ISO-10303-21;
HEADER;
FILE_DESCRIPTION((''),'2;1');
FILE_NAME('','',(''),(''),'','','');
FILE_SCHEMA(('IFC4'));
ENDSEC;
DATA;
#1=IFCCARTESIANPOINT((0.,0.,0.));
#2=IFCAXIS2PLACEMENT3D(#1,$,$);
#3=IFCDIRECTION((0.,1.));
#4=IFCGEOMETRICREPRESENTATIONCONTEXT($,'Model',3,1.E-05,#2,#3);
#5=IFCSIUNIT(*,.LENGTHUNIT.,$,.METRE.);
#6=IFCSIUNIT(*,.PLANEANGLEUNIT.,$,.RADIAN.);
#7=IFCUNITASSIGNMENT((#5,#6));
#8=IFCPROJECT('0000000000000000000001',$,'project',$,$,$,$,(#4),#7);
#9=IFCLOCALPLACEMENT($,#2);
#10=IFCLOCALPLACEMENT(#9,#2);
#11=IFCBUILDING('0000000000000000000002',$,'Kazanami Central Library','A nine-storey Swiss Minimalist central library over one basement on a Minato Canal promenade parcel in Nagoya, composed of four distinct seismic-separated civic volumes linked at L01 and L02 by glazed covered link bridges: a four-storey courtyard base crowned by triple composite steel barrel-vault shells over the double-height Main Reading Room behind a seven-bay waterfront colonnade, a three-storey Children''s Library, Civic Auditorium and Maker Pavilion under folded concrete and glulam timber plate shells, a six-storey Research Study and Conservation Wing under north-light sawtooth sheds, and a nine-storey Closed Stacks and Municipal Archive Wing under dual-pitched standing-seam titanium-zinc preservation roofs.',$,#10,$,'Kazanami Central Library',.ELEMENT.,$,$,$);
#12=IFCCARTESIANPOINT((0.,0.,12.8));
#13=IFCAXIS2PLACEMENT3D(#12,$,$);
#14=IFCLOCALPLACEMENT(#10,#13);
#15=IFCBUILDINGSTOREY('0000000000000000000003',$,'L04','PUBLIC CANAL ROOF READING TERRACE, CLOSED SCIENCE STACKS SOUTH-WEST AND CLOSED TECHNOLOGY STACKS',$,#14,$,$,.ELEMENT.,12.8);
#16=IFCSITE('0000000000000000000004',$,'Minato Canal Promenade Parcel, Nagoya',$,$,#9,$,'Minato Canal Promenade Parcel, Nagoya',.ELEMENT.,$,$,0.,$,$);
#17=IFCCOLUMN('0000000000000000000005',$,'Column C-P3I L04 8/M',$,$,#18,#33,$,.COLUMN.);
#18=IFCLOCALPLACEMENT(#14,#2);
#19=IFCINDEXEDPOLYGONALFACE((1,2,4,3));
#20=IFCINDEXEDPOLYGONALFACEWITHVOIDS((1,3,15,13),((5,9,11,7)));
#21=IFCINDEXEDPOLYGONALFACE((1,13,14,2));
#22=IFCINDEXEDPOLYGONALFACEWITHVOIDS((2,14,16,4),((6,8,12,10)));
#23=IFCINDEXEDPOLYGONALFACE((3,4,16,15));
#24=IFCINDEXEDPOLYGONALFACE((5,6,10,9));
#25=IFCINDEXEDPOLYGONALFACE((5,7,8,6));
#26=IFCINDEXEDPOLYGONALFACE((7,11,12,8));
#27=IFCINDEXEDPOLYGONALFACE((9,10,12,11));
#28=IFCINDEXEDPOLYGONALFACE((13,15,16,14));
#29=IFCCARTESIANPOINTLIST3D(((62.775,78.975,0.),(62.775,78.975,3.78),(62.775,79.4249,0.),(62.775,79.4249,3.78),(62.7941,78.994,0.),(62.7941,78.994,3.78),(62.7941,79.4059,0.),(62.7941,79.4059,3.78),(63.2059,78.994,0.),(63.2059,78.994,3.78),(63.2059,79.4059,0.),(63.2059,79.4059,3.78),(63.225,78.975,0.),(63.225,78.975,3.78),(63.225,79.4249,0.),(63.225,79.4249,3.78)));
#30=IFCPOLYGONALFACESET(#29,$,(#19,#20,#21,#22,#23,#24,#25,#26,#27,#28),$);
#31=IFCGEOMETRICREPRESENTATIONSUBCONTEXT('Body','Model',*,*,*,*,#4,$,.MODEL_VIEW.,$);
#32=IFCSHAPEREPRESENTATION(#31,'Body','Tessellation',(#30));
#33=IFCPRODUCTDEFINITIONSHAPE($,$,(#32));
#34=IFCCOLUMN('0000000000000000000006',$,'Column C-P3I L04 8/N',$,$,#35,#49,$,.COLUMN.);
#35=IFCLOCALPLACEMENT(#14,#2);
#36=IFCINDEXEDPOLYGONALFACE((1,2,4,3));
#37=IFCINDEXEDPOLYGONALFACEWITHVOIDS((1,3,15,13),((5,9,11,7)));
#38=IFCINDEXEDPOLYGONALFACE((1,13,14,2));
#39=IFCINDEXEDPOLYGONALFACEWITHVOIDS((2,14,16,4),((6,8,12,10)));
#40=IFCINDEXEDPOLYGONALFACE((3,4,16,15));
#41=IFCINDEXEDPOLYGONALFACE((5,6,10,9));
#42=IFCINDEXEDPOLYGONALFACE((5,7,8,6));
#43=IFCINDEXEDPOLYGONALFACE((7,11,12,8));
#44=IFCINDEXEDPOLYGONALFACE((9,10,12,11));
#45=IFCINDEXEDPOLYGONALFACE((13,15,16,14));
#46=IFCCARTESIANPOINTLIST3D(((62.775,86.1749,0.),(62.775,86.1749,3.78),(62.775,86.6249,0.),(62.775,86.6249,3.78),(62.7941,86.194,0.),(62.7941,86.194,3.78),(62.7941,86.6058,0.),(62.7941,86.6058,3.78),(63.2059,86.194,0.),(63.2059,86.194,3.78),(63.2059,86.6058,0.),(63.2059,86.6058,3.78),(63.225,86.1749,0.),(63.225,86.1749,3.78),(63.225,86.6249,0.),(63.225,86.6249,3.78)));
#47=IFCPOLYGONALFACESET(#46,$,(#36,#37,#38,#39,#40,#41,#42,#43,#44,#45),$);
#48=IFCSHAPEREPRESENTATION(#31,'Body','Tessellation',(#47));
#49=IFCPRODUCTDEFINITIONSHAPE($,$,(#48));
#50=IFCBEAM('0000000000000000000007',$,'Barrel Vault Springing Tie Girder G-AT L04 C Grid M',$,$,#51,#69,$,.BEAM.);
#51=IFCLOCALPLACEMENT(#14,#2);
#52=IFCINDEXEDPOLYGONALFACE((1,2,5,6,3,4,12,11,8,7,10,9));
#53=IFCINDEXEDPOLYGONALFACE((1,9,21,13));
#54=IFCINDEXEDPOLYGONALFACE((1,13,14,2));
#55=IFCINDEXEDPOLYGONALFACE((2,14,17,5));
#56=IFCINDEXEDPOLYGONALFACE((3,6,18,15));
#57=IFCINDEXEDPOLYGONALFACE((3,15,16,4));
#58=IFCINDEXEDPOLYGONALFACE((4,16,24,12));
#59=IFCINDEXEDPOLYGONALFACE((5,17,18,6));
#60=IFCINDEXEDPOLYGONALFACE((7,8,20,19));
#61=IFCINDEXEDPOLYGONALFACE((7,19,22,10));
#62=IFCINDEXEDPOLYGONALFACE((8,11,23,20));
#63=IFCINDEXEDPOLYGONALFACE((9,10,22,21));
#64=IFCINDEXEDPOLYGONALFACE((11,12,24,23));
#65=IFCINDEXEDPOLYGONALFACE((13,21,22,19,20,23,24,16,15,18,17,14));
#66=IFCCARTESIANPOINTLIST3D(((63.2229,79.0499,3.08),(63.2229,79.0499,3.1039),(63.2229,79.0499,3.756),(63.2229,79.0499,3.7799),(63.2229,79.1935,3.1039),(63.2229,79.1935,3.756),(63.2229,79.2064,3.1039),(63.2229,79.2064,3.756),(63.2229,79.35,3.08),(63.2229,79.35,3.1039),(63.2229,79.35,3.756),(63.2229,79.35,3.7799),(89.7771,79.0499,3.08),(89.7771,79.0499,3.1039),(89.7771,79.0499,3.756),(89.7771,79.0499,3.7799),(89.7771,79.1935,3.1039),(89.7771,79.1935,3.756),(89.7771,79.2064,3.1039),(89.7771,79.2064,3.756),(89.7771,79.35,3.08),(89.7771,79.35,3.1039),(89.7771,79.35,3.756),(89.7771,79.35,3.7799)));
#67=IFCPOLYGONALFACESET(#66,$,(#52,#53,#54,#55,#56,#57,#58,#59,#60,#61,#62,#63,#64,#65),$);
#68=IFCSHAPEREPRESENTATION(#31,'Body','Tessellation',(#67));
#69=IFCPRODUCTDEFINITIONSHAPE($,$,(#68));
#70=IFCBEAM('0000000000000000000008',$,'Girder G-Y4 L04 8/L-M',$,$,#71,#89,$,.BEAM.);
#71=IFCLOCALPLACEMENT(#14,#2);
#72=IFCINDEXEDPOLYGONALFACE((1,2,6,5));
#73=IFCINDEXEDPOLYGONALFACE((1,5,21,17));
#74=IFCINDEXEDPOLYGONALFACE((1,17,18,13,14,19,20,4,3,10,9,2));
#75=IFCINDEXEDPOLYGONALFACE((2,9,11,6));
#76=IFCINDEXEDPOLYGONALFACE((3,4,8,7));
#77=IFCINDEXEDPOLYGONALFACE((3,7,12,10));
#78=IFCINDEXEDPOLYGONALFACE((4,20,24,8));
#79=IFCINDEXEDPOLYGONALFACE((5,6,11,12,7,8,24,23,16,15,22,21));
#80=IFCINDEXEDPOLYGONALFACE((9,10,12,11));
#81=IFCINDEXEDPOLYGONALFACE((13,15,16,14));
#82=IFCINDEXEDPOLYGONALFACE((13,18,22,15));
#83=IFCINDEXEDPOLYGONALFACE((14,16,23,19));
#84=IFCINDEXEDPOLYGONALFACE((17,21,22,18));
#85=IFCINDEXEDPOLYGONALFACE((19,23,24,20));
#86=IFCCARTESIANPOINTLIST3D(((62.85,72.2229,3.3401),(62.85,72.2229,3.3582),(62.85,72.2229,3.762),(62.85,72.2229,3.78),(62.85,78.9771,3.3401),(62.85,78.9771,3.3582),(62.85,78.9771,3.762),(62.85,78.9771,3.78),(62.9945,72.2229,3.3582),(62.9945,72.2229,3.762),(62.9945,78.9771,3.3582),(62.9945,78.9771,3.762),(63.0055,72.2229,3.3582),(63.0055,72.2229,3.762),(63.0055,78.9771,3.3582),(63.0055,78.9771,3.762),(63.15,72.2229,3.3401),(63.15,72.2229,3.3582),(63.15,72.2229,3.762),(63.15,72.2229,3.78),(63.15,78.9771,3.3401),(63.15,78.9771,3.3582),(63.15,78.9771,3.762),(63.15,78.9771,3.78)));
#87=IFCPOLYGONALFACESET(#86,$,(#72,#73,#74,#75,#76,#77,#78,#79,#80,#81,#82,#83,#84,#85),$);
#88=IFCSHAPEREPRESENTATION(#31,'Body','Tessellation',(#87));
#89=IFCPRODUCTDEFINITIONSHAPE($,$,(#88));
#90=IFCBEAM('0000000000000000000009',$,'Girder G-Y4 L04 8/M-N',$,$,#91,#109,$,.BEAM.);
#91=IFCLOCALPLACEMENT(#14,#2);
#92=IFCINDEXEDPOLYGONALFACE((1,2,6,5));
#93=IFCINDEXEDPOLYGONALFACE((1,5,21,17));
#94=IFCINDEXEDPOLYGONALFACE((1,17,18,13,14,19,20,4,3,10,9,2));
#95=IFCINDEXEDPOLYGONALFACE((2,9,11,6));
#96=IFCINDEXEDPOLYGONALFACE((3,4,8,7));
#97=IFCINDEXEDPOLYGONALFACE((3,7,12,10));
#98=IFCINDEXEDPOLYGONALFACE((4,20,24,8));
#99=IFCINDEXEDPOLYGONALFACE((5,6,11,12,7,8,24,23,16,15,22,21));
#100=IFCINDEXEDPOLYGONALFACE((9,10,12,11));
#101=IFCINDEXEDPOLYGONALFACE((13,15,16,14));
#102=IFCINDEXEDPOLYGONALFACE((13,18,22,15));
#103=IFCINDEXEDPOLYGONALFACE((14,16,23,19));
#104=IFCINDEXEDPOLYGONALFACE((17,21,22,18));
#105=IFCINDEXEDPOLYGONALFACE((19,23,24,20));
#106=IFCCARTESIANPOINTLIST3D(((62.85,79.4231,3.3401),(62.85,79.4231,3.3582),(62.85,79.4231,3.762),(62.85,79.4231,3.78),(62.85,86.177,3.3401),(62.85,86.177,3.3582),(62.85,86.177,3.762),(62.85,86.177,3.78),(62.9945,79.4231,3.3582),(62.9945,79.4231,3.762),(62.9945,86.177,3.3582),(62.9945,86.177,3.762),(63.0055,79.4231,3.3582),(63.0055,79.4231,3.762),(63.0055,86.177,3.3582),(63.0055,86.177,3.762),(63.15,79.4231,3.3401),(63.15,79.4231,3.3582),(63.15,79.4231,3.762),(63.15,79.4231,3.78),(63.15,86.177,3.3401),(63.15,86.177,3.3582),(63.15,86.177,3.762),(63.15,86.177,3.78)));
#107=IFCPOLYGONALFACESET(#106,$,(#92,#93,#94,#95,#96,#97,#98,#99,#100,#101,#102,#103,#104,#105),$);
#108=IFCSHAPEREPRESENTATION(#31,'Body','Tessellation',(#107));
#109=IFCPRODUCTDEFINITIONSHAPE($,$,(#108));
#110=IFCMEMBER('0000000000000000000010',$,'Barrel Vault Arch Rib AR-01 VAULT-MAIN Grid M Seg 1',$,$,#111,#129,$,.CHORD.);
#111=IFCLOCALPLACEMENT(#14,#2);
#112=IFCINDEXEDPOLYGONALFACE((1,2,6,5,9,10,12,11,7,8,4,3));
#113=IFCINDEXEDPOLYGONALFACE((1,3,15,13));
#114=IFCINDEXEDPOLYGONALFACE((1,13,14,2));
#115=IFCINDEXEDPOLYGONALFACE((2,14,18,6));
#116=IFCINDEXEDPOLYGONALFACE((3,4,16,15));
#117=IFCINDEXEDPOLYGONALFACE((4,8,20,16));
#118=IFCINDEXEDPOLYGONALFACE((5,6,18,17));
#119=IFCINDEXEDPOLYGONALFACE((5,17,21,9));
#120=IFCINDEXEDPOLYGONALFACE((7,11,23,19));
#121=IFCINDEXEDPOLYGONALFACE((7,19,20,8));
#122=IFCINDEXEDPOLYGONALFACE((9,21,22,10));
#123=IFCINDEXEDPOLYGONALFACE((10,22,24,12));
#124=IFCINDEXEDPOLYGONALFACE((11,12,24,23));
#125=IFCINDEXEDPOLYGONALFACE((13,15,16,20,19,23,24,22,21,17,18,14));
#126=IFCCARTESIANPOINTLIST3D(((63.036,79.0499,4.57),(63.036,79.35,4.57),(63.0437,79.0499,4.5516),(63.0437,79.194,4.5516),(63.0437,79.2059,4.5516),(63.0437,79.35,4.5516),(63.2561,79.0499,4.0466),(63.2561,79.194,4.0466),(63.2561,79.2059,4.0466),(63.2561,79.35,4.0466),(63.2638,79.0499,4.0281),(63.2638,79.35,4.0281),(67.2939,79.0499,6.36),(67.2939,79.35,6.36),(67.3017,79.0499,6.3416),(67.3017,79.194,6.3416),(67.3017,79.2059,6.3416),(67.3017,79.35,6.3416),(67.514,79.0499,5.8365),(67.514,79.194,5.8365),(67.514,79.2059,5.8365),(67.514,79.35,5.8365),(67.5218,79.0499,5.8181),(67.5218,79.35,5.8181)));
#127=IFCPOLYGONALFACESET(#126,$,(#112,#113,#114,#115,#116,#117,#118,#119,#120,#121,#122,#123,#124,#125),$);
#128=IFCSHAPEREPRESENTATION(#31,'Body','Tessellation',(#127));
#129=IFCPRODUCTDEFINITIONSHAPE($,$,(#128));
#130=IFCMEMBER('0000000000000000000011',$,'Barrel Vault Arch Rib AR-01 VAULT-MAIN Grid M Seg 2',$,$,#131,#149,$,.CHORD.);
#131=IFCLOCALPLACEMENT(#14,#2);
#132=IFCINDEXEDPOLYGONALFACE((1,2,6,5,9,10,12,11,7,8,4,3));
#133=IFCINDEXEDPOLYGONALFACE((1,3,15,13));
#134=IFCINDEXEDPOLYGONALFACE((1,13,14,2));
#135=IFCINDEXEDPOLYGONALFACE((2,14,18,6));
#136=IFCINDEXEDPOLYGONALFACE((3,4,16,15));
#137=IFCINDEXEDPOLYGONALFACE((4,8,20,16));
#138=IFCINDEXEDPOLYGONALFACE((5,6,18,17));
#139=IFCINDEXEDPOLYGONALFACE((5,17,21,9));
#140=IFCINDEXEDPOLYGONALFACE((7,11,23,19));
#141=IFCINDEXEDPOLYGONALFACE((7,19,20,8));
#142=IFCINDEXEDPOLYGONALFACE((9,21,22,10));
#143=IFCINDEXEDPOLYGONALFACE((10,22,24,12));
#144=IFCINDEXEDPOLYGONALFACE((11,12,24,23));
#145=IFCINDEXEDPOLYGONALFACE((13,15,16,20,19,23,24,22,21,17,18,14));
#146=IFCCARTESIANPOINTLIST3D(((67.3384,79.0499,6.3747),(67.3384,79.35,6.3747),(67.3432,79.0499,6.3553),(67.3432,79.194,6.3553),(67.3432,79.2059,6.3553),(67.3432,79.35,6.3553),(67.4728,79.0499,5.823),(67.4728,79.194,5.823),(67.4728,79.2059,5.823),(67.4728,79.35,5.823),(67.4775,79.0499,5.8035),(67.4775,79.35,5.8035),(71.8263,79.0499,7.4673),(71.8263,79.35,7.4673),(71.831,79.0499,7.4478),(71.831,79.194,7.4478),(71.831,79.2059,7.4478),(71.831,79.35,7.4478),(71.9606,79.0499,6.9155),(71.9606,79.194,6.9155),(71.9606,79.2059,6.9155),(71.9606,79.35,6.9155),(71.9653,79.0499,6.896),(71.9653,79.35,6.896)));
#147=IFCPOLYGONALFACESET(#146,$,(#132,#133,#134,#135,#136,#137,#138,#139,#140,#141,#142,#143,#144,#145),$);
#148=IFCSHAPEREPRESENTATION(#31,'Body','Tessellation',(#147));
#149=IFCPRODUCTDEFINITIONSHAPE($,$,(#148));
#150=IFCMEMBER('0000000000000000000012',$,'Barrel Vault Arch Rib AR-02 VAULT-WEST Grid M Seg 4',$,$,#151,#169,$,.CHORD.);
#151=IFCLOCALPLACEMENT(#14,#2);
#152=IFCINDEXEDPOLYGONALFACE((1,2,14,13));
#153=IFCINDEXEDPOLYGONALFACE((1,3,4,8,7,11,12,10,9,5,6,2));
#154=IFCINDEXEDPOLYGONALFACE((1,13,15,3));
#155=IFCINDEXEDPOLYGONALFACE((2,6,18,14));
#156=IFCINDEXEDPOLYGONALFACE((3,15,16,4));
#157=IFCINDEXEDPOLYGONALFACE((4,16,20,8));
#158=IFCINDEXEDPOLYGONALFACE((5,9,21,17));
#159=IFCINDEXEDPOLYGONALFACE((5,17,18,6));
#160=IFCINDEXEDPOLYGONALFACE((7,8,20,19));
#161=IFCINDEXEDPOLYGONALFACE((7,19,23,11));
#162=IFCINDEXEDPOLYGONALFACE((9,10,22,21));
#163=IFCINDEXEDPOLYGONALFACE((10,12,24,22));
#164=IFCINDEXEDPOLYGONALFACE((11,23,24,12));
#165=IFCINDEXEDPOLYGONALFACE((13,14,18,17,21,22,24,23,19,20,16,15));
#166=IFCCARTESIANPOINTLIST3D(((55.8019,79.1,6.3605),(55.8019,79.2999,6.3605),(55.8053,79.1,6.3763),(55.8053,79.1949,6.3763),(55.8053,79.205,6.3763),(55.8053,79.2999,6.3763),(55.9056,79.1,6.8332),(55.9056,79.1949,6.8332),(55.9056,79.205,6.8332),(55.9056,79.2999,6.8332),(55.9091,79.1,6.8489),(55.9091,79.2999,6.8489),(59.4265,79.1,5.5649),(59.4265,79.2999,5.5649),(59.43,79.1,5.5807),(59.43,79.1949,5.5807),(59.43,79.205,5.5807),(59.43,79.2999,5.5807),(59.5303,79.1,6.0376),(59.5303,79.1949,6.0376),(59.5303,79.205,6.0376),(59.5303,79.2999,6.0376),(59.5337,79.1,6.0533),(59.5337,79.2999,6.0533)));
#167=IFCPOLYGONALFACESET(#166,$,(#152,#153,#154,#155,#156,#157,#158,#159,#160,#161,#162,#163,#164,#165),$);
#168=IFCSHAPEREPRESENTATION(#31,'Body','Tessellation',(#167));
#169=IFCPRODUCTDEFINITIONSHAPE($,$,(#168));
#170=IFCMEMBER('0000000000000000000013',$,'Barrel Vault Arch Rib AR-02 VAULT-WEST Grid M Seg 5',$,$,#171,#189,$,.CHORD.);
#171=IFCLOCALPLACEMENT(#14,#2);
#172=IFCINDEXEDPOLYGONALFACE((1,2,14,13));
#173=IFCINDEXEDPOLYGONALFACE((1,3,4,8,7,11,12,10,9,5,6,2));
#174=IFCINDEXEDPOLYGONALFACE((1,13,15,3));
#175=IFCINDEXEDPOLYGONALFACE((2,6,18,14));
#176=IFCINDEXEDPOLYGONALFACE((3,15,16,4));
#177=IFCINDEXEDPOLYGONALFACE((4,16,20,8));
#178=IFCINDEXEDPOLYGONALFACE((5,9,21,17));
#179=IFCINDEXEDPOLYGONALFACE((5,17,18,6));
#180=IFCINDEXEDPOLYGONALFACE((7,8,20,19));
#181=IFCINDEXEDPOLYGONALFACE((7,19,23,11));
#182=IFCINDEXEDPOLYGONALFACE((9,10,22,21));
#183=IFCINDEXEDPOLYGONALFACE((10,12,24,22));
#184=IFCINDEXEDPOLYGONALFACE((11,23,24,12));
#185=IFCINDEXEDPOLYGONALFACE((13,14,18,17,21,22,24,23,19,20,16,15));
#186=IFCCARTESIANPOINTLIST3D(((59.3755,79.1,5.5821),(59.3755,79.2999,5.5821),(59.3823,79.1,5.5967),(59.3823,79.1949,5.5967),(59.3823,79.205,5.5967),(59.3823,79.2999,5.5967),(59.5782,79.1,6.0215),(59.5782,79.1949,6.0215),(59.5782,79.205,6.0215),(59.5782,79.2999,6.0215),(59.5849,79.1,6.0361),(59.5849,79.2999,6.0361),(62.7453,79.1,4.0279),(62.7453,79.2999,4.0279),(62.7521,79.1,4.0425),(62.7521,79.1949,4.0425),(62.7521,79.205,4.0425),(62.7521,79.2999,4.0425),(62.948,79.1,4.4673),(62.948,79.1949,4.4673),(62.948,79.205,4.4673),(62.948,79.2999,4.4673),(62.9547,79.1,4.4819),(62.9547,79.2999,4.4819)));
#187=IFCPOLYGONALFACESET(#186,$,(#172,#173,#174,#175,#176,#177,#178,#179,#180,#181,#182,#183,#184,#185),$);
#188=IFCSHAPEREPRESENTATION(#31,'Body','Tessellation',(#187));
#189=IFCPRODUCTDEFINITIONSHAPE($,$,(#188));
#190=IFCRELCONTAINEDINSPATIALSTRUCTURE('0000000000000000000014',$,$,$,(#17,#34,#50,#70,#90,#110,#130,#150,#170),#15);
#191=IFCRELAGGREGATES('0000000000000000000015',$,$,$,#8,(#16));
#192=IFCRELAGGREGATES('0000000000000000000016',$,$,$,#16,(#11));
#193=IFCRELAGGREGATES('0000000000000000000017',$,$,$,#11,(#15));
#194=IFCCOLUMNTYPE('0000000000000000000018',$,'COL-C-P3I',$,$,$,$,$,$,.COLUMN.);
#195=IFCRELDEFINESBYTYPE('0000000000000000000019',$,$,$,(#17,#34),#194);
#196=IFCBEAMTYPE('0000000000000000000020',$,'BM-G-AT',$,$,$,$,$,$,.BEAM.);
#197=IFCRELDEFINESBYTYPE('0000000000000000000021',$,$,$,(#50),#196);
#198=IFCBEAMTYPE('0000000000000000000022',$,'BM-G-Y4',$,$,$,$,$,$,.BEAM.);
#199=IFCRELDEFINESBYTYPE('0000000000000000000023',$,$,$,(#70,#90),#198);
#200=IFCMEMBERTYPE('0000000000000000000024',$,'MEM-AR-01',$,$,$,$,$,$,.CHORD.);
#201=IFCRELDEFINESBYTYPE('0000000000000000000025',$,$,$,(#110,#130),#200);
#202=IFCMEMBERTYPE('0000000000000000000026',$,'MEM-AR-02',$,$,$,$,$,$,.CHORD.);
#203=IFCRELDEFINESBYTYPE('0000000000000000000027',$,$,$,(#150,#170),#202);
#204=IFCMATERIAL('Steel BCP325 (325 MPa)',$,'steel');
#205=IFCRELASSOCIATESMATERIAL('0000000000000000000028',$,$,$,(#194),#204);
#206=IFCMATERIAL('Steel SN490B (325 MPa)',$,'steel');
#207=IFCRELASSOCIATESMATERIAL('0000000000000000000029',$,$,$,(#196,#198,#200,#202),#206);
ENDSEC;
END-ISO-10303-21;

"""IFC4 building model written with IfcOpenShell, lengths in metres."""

from ifc_helpers import new_model, si_unit, direction, frame, origin, origin_2d, place, context, subcontext, project, spatial, hollow_rectangle, i_section, extrude, material, material_profile, profile_set, type_object, element, save


model = new_model("IFC4")

# Units and contexts
model_context = context("Model", 3, precision=1e-05, world=origin(), true_north=direction((0.0, 1.0)))
body_context = subcontext(model_context, "Body", "Model", "MODEL_VIEW")
ifc_project = project(units=[si_unit("LENGTHUNIT", "METRE"), si_unit("PLANEANGLEUNIT", "RADIAN")], contexts=[model_context])

# Site, building, storey
site_placement = place(None, origin())
site = spatial("IfcSite", under=ifc_project, at=site_placement, Name="Minato Canal Promenade Parcel, Nagoya", LongName="Minato Canal Promenade Parcel, Nagoya", CompositionType="ELEMENT", RefElevation=0.0)
building_placement = place(site_placement, origin())
building = spatial("IfcBuilding", under=site, at=building_placement, Name="Kazanami Central Library", Description="A nine-storey Swiss Minimalist central library over one basement on a Minato Canal promenade parcel in Nagoya, composed of four distinct seismic-separated civic volumes linked at L01 and L02 by glazed covered link bridges: a four-storey courtyard base crowned by triple composite steel barrel-vault shells over the double-height Main Reading Room behind a seven-bay waterfront colonnade, a three-storey Children's Library, Civic Auditorium and Maker Pavilion under folded concrete and glulam timber plate shells, a six-storey Research Study and Conservation Wing under north-light sawtooth sheds, and a nine-storey Closed Stacks and Municipal Archive Wing under dual-pitched standing-seam titanium-zinc preservation roofs.", LongName="Kazanami Central Library", CompositionType="ELEMENT")
storey_placement = place(building_placement, frame((0.0, 0.0, 12.8)))
storey = spatial("IfcBuildingStorey", under=building, at=storey_placement, Name="L04", Description="PUBLIC CANAL ROOF READING TERRACE, CLOSED SCIENCE STACKS SOUTH-WEST AND CLOSED TECHNOLOGY STACKS", CompositionType="ELEMENT", Elevation=12.8)

# Columns
ifc_material_1 = material(Name="Steel BCP325 (325 MPa)", Category="steel")
ifc_material_profile_1 = material_profile(ifc_material_1, hollow_rectangle(XDim=0.45, YDim=0.45, WallThickness=0.019, at=origin_2d()), Name="BCP-450x450x19")
ifc_profile_set_1 = profile_set([ifc_material_profile_1], Name="Steel BCP325 (325 MPa)")
column_type = type_object("IfcColumnType", Name="COL-C-P3I", PredefinedType="COLUMN", material=ifc_profile_set_1)
for number, where, z_axis, x_axis, name in (
    (1, (63.0, 79.2, 0.0), (0.0, 0.0, 1.0), (1.0, 0.0, 0.0), "Column C-P3I L04 8/M"),
    (2, (63.0, 86.3999, 0.0), (0.0, 0.0, 1.0), (1.0, 0.0, 0.0), "Column C-P3I L04 8/N"),
):
    element("IfcColumn", number, at=place(storey_placement, frame(where, z_axis=z_axis, x_axis=x_axis)), inside=storey, type_object=column_type, Name=name, PredefinedType="COLUMN", context=body_context, shape_type="SweptSolid", body=[
        extrude(hollow_rectangle(XDim=0.45, YDim=0.45, WallThickness=0.019, at=origin_2d()), origin(), (0.0, 0.0, 1.0), 3.78),
    ])

# Beams
ifc_material_2 = material(Name="Steel SN490B (325 MPa)", Category="steel")
ifc_material_profile_2 = material_profile(ifc_material_2, i_section(OverallWidth=0.3, OverallDepth=0.7, WebThickness=0.0129, FlangeThickness=0.0239, at=origin_2d()), Name="H-700x300x13x24")
ifc_profile_set_2 = profile_set([ifc_material_profile_2], Name="Steel SN490B (325 MPa)")
beam_type_1 = type_object("IfcBeamType", Name="BM-G-AT", PredefinedType="BEAM", material=ifc_profile_set_2)
beam_1_placement = place(storey_placement, frame((63.2229, 79.2, 3.4299), z_axis=(1.0, 0.0, 0.0), x_axis=(0.0, 1.0, 0.0)))
element("IfcBeam", 3, at=beam_1_placement, inside=storey, type_object=beam_type_1, Name="Barrel Vault Springing Tie Girder G-AT L04 C Grid M", PredefinedType="BEAM", context=body_context, shape_type="SweptSolid", body=[
    extrude(i_section(OverallWidth=0.3, OverallDepth=0.7, WebThickness=0.0129, FlangeThickness=0.0239, at=origin_2d()), origin(), (0.0, 0.0, 1.0), 26.5542),
])
ifc_material_profile_3 = material_profile(ifc_material_2, i_section(OverallWidth=0.3, OverallDepth=0.4399, WebThickness=0.011, FlangeThickness=0.0181, at=origin_2d()), Name="H-440x300x11x18")
ifc_profile_set_3 = profile_set([ifc_material_profile_3], Name="Steel SN490B (325 MPa)")
beam_type_2 = type_object("IfcBeamType", Name="BM-G-Y4", PredefinedType="BEAM", material=ifc_profile_set_3)
beam_2_placement = place(storey_placement, frame((63.0, 72.2229, 3.5601), z_axis=(0.0, 1.0, 0.0), x_axis=(-1.0, 0.0, 0.0)))
element("IfcBeam", 4, at=beam_2_placement, inside=storey, type_object=beam_type_2, Name="Girder G-Y4 L04 8/L-M", PredefinedType="BEAM", context=body_context, shape_type="SweptSolid", body=[
    extrude(i_section(OverallWidth=0.3, OverallDepth=0.4399, WebThickness=0.011, FlangeThickness=0.0181, at=origin_2d()), origin(), (0.0, 0.0, 1.0), 6.7542),
])
beam_3_placement = place(storey_placement, frame((63.0, 79.4231, 3.5601), z_axis=(0.0, 1.0, 0.0), x_axis=(-1.0, 0.0, 0.0)))
element("IfcBeam", 5, at=beam_3_placement, inside=storey, type_object=beam_type_2, Name="Girder G-Y4 L04 8/M-N", PredefinedType="BEAM", context=body_context, shape_type="SweptSolid", body=[
    extrude(i_section(OverallWidth=0.3, OverallDepth=0.4399, WebThickness=0.011, FlangeThickness=0.0181, at=origin_2d()), origin(), (0.0, 0.0, 1.0), 6.7539),
])

# Members
ifc_material_profile_4 = material_profile(ifc_material_2, i_section(OverallWidth=0.3, OverallDepth=0.5879, WebThickness=0.012, FlangeThickness=0.02, at=origin_2d()), Name="H-588x300x12x20")
ifc_profile_set_4 = profile_set([ifc_material_profile_4], Name="Steel SN490B (325 MPa)")
member_type_1 = type_object("IfcMemberType", Name="MEM-AR-01", PredefinedType="CHORD", material=ifc_profile_set_4)
for number, where, z_axis, x_axis, name in (
    (6, (63.1499, 79.2, 4.2991), (0.921854, 0.0, 0.387537), (0.0, 1.0, 0.0), "Barrel Vault Arch Rib AR-01 VAULT-MAIN Grid M Seg 1"),
    (7, (67.408, 79.2, 6.0891), (0.971623, 0.0, 0.236536), (0.0, 1.0, 0.0), "Barrel Vault Arch Rib AR-01 VAULT-MAIN Grid M Seg 2"),
):
    element("IfcMember", number, at=place(storey_placement, frame(where, z_axis=z_axis, x_axis=x_axis)), inside=storey, type_object=member_type_1, Name=name, PredefinedType="CHORD", context=body_context, shape_type="SweptSolid", body=[
        extrude(i_section(OverallWidth=0.3, OverallDepth=0.5879, WebThickness=0.012, FlangeThickness=0.02, at=origin_2d()), origin(), (0.0, 0.0, 1.0), 4.6189),
    ])
ifc_material_profile_5 = material_profile(ifc_material_2, i_section(OverallWidth=0.2, OverallDepth=0.5, WebThickness=0.01, FlangeThickness=0.0161, at=origin_2d()), Name="H-500x200x10x16")
ifc_profile_set_5 = profile_set([ifc_material_profile_5], Name="Steel SN490B (325 MPa)")
member_type_2 = type_object("IfcMemberType", Name="MEM-AR-02", PredefinedType="CHORD", material=ifc_profile_set_5)
for number, where, z_axis, x_axis, name in (
    (8, (55.8555, 79.2, 6.6047), (0.976746, 0.0, -0.214401), (0.0, 1.0, 0.0), "Barrel Vault Arch Rib AR-02 VAULT-WEST Grid M Seg 4"),
    (9, (59.4802, 79.2, 5.8091), (0.908075, 0.0, -0.418808), (0.0, 1.0, 0.0), "Barrel Vault Arch Rib AR-02 VAULT-WEST Grid M Seg 5"),
):
    element("IfcMember", number, at=place(storey_placement, frame(where, z_axis=z_axis, x_axis=x_axis)), inside=storey, type_object=member_type_2, Name=name, PredefinedType="CHORD", context=body_context, shape_type="SweptSolid", body=[
        extrude(i_section(OverallWidth=0.2, OverallDepth=0.5, WebThickness=0.01, FlangeThickness=0.0161, at=origin_2d()), origin(), (0.0, 0.0, 1.0), 3.7109),
    ])

save(model, "model.ifc")
